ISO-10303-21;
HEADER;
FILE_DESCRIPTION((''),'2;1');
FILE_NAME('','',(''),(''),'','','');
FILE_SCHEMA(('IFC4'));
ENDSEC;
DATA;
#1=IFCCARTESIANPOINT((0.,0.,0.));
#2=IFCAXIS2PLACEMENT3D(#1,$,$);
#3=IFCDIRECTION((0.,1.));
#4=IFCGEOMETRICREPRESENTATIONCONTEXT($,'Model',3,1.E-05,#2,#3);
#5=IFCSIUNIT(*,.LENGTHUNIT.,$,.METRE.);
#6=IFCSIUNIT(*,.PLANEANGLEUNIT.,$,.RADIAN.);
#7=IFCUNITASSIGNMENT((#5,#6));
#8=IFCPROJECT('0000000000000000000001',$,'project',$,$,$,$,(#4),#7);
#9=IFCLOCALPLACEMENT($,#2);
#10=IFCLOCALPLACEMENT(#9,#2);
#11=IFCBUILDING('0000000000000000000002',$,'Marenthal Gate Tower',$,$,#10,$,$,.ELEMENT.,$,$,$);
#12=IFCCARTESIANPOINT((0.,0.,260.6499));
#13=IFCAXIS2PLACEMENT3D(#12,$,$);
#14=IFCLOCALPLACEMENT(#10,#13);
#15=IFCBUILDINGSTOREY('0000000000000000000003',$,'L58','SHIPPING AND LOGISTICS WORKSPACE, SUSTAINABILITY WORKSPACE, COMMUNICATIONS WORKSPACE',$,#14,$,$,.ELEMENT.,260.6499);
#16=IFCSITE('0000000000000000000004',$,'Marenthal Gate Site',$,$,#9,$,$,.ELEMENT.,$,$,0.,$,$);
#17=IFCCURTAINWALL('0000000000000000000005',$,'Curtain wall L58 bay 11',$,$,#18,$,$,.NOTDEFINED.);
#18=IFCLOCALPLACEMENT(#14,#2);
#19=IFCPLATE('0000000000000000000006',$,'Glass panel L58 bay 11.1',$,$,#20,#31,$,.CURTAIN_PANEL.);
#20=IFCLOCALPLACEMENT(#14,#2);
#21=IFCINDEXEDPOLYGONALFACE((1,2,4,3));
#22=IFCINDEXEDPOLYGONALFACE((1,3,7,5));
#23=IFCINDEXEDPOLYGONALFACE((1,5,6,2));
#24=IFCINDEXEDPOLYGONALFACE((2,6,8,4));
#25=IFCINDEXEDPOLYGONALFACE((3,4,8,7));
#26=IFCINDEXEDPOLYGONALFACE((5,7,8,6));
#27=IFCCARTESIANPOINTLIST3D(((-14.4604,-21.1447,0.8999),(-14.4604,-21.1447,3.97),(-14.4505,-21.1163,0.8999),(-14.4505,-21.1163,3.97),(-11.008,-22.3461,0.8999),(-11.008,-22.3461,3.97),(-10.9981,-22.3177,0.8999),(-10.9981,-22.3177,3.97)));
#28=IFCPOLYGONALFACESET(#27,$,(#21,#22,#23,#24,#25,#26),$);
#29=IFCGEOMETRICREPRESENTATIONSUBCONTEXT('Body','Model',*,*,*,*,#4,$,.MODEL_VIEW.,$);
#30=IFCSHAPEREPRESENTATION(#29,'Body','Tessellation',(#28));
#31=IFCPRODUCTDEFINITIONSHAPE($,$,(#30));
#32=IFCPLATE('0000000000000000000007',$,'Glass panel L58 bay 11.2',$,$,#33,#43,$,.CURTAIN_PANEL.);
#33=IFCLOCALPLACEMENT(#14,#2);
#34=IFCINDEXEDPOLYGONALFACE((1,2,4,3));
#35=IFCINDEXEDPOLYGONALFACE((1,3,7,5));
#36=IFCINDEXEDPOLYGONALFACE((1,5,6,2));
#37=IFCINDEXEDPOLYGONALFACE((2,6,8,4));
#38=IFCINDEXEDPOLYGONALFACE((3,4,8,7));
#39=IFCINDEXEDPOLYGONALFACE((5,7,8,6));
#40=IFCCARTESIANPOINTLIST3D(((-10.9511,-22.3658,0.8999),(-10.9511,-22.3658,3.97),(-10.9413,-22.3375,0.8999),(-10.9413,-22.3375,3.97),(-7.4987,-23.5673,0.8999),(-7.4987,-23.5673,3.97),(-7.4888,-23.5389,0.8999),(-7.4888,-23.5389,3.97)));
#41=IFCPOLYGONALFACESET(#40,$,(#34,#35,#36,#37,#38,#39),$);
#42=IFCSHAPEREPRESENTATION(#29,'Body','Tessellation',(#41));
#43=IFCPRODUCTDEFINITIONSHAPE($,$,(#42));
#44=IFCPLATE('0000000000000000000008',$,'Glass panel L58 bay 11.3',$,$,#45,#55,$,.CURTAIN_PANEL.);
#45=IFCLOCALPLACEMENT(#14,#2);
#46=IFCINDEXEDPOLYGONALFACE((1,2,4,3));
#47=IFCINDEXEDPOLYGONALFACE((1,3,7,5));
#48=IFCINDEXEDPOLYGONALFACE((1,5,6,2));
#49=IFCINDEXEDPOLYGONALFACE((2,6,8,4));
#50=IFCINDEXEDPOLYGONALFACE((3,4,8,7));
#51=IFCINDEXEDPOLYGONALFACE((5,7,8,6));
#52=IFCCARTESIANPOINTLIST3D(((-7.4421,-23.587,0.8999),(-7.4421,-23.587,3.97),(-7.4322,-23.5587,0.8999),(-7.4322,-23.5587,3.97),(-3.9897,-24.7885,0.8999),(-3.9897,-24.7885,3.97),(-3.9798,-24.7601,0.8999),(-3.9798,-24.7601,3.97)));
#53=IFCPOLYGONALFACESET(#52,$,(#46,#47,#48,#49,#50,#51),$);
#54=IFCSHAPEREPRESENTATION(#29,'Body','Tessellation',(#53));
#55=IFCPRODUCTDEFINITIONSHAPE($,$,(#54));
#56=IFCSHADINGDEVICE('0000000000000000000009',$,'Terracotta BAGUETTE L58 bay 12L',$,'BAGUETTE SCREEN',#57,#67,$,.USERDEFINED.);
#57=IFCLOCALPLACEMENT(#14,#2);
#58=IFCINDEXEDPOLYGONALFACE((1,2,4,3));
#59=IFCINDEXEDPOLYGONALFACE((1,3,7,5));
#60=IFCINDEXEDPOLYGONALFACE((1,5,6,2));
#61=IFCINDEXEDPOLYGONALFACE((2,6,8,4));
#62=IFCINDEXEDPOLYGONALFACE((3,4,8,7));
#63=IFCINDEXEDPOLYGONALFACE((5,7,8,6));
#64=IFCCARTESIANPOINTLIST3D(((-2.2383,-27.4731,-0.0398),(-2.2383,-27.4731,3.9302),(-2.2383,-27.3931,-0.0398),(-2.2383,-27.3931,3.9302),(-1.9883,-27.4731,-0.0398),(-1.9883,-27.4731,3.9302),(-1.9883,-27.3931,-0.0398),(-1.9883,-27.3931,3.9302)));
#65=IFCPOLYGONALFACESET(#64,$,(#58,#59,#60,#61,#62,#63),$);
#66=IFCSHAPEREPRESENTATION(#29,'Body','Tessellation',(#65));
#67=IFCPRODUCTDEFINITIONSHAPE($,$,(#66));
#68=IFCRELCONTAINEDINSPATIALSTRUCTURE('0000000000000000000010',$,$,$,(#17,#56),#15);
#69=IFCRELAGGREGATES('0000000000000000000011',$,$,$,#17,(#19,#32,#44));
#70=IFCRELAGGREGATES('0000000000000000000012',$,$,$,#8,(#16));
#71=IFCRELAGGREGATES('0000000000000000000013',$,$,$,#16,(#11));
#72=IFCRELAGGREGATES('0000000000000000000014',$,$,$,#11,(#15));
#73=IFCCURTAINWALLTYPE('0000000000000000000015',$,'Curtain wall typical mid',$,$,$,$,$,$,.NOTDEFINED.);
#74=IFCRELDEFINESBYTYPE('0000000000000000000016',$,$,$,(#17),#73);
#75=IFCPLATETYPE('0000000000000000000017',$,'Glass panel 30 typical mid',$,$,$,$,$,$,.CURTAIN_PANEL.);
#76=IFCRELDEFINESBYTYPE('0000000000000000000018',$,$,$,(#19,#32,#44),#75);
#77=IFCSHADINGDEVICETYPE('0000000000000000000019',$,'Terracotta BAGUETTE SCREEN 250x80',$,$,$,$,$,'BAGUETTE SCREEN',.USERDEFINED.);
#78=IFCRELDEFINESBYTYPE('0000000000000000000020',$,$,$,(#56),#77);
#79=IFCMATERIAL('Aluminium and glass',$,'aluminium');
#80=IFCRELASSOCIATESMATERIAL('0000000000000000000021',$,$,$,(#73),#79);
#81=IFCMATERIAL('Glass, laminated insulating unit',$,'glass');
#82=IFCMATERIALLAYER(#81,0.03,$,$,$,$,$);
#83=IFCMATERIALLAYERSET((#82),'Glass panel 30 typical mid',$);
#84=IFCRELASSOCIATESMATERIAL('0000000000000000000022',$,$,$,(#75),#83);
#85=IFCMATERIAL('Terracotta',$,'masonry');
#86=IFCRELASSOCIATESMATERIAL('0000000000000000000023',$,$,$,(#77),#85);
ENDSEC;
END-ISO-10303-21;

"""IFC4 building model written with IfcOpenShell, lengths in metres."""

from ifc_helpers import new_model, si_unit, direction, frame, origin, origin_2d, place, context, subcontext, project, spatial, rectangle, extrude, material, layer, layer_set, material_profile, profile_set, type_object, element, aggregate, save


model = new_model("IFC4")

# Units and contexts
model_context = context("Model", 3, precision=1e-05, world=origin(), true_north=direction((0.0, 1.0)))
body_context = subcontext(model_context, "Body", "Model", "MODEL_VIEW")
ifc_project = project(units=[si_unit("LENGTHUNIT", "METRE"), si_unit("PLANEANGLEUNIT", "RADIAN")], contexts=[model_context])

# Site, building, storey
site_placement = place(None, origin())
site = spatial("IfcSite", under=ifc_project, at=site_placement, Name="Marenthal Gate Site", CompositionType="ELEMENT", RefElevation=0.0)
building_placement = place(site_placement, origin())
building = spatial("IfcBuilding", under=site, at=building_placement, Name="Marenthal Gate Tower", CompositionType="ELEMENT")
storey_placement = place(building_placement, frame((0.0, 0.0, 260.6499)))
storey = spatial("IfcBuildingStorey", under=building, at=storey_placement, Name="L58", Description="SHIPPING AND LOGISTICS WORKSPACE, SUSTAINABILITY WORKSPACE, COMMUNICATIONS WORKSPACE", CompositionType="ELEMENT", Elevation=260.6499)

# Curtain wall
ifc_material_1 = material(Name="Aluminium and glass", Category="aluminium")
curtain_wall_type = type_object("IfcCurtainWallType", Name="Curtain wall typical mid", PredefinedType="NOTDEFINED", material=ifc_material_1)
curtain_wall_placement = place(storey_placement, origin())
curtain_wall = element("IfcCurtainWall", 1, at=curtain_wall_placement, inside=storey, type_object=curtain_wall_type, Name="Curtain wall L58 bay 11", PredefinedType="NOTDEFINED")

# Plates
ifc_material_2 = material(Name="Glass, laminated insulating unit", Category="glass")
ifc_layer_1 = layer(ifc_material_2, 0.03)
ifc_layer_set_1 = layer_set([ifc_layer_1], Name="Glass panel 30 typical mid")
plate_type = type_object("IfcPlateType", Name="Glass panel 30 typical mid", PredefinedType="CURTAIN_PANEL", material=ifc_layer_set_1)
plate_1_placement = place(storey_placement, frame((-12.7292, -21.7312, 0.8999), z_axis=(0.0, 0.0, 1.0), x_axis=(0.944445, -0.32867, 0.0)))
plate_1 = element("IfcPlate", 2, at=plate_1_placement, type_object=plate_type, Name="Glass panel L58 bay 11.1", PredefinedType="CURTAIN_PANEL", context=body_context, shape_type="SweptSolid", body=[
    extrude(rectangle(XDim=3.6555, YDim=0.03, at=origin_2d()), origin(), (0.0, 0.0, 1.0), 3.0701),
])
plate_2_placement = place(storey_placement, frame((-9.22, -22.9524, 0.8999), z_axis=(0.0, 0.0, 1.0), x_axis=(0.944445, -0.32867, 0.0)))
plate_2 = element("IfcPlate", 3, at=plate_2_placement, type_object=plate_type, Name="Glass panel L58 bay 11.2", PredefinedType="CURTAIN_PANEL", context=body_context, shape_type="SweptSolid", body=[
    extrude(rectangle(XDim=3.6555, YDim=0.03, at=origin_2d()), origin(), (0.0, 0.0, 1.0), 3.0701),
])
plate_3_placement = place(storey_placement, frame((-5.7109, -24.1736, 0.8999), z_axis=(0.0, 0.0, 1.0), x_axis=(0.944445, -0.32867, 0.0)))
plate_3 = element("IfcPlate", 4, at=plate_3_placement, type_object=plate_type, Name="Glass panel L58 bay 11.3", PredefinedType="CURTAIN_PANEL", context=body_context, shape_type="SweptSolid", body=[
    extrude(rectangle(XDim=3.6555, YDim=0.03, at=origin_2d()), origin(), (0.0, 0.0, 1.0), 3.0701),
])
aggregate(curtain_wall, [plate_1, plate_2, plate_3])

# Shading device
ifc_material_3 = material(Name="Terracotta", Category="masonry")
ifc_material_profile_1 = material_profile(ifc_material_3, rectangle(XDim=0.25, YDim=0.0801, at=origin_2d()), Name="Terracotta baguette 250x80")
ifc_profile_set_1 = profile_set([ifc_material_profile_1], Name="Terracotta")
shading_device_type = type_object("IfcShadingDeviceType", Name="Terracotta BAGUETTE SCREEN 250x80", ElementType="BAGUETTE SCREEN", PredefinedType="USERDEFINED", material=ifc_profile_set_1)
shading_device_placement = place(storey_placement, frame((-2.1133, -27.4331, -0.0398), z_axis=(0.0, 0.0, 1.0), x_axis=(1.0, 0.0, 0.0)))
element("IfcShadingDevice", 5, at=shading_device_placement, inside=storey, type_object=shading_device_type, Name="Terracotta BAGUETTE L58 bay 12L", ObjectType="BAGUETTE SCREEN", PredefinedType="USERDEFINED", context=body_context, shape_type="SweptSolid", body=[
    extrude(rectangle(XDim=0.25, YDim=0.0801, at=origin_2d()), origin(), (0.0, 0.0, 1.0), 3.97),
])

save(model, "model.ifc")
